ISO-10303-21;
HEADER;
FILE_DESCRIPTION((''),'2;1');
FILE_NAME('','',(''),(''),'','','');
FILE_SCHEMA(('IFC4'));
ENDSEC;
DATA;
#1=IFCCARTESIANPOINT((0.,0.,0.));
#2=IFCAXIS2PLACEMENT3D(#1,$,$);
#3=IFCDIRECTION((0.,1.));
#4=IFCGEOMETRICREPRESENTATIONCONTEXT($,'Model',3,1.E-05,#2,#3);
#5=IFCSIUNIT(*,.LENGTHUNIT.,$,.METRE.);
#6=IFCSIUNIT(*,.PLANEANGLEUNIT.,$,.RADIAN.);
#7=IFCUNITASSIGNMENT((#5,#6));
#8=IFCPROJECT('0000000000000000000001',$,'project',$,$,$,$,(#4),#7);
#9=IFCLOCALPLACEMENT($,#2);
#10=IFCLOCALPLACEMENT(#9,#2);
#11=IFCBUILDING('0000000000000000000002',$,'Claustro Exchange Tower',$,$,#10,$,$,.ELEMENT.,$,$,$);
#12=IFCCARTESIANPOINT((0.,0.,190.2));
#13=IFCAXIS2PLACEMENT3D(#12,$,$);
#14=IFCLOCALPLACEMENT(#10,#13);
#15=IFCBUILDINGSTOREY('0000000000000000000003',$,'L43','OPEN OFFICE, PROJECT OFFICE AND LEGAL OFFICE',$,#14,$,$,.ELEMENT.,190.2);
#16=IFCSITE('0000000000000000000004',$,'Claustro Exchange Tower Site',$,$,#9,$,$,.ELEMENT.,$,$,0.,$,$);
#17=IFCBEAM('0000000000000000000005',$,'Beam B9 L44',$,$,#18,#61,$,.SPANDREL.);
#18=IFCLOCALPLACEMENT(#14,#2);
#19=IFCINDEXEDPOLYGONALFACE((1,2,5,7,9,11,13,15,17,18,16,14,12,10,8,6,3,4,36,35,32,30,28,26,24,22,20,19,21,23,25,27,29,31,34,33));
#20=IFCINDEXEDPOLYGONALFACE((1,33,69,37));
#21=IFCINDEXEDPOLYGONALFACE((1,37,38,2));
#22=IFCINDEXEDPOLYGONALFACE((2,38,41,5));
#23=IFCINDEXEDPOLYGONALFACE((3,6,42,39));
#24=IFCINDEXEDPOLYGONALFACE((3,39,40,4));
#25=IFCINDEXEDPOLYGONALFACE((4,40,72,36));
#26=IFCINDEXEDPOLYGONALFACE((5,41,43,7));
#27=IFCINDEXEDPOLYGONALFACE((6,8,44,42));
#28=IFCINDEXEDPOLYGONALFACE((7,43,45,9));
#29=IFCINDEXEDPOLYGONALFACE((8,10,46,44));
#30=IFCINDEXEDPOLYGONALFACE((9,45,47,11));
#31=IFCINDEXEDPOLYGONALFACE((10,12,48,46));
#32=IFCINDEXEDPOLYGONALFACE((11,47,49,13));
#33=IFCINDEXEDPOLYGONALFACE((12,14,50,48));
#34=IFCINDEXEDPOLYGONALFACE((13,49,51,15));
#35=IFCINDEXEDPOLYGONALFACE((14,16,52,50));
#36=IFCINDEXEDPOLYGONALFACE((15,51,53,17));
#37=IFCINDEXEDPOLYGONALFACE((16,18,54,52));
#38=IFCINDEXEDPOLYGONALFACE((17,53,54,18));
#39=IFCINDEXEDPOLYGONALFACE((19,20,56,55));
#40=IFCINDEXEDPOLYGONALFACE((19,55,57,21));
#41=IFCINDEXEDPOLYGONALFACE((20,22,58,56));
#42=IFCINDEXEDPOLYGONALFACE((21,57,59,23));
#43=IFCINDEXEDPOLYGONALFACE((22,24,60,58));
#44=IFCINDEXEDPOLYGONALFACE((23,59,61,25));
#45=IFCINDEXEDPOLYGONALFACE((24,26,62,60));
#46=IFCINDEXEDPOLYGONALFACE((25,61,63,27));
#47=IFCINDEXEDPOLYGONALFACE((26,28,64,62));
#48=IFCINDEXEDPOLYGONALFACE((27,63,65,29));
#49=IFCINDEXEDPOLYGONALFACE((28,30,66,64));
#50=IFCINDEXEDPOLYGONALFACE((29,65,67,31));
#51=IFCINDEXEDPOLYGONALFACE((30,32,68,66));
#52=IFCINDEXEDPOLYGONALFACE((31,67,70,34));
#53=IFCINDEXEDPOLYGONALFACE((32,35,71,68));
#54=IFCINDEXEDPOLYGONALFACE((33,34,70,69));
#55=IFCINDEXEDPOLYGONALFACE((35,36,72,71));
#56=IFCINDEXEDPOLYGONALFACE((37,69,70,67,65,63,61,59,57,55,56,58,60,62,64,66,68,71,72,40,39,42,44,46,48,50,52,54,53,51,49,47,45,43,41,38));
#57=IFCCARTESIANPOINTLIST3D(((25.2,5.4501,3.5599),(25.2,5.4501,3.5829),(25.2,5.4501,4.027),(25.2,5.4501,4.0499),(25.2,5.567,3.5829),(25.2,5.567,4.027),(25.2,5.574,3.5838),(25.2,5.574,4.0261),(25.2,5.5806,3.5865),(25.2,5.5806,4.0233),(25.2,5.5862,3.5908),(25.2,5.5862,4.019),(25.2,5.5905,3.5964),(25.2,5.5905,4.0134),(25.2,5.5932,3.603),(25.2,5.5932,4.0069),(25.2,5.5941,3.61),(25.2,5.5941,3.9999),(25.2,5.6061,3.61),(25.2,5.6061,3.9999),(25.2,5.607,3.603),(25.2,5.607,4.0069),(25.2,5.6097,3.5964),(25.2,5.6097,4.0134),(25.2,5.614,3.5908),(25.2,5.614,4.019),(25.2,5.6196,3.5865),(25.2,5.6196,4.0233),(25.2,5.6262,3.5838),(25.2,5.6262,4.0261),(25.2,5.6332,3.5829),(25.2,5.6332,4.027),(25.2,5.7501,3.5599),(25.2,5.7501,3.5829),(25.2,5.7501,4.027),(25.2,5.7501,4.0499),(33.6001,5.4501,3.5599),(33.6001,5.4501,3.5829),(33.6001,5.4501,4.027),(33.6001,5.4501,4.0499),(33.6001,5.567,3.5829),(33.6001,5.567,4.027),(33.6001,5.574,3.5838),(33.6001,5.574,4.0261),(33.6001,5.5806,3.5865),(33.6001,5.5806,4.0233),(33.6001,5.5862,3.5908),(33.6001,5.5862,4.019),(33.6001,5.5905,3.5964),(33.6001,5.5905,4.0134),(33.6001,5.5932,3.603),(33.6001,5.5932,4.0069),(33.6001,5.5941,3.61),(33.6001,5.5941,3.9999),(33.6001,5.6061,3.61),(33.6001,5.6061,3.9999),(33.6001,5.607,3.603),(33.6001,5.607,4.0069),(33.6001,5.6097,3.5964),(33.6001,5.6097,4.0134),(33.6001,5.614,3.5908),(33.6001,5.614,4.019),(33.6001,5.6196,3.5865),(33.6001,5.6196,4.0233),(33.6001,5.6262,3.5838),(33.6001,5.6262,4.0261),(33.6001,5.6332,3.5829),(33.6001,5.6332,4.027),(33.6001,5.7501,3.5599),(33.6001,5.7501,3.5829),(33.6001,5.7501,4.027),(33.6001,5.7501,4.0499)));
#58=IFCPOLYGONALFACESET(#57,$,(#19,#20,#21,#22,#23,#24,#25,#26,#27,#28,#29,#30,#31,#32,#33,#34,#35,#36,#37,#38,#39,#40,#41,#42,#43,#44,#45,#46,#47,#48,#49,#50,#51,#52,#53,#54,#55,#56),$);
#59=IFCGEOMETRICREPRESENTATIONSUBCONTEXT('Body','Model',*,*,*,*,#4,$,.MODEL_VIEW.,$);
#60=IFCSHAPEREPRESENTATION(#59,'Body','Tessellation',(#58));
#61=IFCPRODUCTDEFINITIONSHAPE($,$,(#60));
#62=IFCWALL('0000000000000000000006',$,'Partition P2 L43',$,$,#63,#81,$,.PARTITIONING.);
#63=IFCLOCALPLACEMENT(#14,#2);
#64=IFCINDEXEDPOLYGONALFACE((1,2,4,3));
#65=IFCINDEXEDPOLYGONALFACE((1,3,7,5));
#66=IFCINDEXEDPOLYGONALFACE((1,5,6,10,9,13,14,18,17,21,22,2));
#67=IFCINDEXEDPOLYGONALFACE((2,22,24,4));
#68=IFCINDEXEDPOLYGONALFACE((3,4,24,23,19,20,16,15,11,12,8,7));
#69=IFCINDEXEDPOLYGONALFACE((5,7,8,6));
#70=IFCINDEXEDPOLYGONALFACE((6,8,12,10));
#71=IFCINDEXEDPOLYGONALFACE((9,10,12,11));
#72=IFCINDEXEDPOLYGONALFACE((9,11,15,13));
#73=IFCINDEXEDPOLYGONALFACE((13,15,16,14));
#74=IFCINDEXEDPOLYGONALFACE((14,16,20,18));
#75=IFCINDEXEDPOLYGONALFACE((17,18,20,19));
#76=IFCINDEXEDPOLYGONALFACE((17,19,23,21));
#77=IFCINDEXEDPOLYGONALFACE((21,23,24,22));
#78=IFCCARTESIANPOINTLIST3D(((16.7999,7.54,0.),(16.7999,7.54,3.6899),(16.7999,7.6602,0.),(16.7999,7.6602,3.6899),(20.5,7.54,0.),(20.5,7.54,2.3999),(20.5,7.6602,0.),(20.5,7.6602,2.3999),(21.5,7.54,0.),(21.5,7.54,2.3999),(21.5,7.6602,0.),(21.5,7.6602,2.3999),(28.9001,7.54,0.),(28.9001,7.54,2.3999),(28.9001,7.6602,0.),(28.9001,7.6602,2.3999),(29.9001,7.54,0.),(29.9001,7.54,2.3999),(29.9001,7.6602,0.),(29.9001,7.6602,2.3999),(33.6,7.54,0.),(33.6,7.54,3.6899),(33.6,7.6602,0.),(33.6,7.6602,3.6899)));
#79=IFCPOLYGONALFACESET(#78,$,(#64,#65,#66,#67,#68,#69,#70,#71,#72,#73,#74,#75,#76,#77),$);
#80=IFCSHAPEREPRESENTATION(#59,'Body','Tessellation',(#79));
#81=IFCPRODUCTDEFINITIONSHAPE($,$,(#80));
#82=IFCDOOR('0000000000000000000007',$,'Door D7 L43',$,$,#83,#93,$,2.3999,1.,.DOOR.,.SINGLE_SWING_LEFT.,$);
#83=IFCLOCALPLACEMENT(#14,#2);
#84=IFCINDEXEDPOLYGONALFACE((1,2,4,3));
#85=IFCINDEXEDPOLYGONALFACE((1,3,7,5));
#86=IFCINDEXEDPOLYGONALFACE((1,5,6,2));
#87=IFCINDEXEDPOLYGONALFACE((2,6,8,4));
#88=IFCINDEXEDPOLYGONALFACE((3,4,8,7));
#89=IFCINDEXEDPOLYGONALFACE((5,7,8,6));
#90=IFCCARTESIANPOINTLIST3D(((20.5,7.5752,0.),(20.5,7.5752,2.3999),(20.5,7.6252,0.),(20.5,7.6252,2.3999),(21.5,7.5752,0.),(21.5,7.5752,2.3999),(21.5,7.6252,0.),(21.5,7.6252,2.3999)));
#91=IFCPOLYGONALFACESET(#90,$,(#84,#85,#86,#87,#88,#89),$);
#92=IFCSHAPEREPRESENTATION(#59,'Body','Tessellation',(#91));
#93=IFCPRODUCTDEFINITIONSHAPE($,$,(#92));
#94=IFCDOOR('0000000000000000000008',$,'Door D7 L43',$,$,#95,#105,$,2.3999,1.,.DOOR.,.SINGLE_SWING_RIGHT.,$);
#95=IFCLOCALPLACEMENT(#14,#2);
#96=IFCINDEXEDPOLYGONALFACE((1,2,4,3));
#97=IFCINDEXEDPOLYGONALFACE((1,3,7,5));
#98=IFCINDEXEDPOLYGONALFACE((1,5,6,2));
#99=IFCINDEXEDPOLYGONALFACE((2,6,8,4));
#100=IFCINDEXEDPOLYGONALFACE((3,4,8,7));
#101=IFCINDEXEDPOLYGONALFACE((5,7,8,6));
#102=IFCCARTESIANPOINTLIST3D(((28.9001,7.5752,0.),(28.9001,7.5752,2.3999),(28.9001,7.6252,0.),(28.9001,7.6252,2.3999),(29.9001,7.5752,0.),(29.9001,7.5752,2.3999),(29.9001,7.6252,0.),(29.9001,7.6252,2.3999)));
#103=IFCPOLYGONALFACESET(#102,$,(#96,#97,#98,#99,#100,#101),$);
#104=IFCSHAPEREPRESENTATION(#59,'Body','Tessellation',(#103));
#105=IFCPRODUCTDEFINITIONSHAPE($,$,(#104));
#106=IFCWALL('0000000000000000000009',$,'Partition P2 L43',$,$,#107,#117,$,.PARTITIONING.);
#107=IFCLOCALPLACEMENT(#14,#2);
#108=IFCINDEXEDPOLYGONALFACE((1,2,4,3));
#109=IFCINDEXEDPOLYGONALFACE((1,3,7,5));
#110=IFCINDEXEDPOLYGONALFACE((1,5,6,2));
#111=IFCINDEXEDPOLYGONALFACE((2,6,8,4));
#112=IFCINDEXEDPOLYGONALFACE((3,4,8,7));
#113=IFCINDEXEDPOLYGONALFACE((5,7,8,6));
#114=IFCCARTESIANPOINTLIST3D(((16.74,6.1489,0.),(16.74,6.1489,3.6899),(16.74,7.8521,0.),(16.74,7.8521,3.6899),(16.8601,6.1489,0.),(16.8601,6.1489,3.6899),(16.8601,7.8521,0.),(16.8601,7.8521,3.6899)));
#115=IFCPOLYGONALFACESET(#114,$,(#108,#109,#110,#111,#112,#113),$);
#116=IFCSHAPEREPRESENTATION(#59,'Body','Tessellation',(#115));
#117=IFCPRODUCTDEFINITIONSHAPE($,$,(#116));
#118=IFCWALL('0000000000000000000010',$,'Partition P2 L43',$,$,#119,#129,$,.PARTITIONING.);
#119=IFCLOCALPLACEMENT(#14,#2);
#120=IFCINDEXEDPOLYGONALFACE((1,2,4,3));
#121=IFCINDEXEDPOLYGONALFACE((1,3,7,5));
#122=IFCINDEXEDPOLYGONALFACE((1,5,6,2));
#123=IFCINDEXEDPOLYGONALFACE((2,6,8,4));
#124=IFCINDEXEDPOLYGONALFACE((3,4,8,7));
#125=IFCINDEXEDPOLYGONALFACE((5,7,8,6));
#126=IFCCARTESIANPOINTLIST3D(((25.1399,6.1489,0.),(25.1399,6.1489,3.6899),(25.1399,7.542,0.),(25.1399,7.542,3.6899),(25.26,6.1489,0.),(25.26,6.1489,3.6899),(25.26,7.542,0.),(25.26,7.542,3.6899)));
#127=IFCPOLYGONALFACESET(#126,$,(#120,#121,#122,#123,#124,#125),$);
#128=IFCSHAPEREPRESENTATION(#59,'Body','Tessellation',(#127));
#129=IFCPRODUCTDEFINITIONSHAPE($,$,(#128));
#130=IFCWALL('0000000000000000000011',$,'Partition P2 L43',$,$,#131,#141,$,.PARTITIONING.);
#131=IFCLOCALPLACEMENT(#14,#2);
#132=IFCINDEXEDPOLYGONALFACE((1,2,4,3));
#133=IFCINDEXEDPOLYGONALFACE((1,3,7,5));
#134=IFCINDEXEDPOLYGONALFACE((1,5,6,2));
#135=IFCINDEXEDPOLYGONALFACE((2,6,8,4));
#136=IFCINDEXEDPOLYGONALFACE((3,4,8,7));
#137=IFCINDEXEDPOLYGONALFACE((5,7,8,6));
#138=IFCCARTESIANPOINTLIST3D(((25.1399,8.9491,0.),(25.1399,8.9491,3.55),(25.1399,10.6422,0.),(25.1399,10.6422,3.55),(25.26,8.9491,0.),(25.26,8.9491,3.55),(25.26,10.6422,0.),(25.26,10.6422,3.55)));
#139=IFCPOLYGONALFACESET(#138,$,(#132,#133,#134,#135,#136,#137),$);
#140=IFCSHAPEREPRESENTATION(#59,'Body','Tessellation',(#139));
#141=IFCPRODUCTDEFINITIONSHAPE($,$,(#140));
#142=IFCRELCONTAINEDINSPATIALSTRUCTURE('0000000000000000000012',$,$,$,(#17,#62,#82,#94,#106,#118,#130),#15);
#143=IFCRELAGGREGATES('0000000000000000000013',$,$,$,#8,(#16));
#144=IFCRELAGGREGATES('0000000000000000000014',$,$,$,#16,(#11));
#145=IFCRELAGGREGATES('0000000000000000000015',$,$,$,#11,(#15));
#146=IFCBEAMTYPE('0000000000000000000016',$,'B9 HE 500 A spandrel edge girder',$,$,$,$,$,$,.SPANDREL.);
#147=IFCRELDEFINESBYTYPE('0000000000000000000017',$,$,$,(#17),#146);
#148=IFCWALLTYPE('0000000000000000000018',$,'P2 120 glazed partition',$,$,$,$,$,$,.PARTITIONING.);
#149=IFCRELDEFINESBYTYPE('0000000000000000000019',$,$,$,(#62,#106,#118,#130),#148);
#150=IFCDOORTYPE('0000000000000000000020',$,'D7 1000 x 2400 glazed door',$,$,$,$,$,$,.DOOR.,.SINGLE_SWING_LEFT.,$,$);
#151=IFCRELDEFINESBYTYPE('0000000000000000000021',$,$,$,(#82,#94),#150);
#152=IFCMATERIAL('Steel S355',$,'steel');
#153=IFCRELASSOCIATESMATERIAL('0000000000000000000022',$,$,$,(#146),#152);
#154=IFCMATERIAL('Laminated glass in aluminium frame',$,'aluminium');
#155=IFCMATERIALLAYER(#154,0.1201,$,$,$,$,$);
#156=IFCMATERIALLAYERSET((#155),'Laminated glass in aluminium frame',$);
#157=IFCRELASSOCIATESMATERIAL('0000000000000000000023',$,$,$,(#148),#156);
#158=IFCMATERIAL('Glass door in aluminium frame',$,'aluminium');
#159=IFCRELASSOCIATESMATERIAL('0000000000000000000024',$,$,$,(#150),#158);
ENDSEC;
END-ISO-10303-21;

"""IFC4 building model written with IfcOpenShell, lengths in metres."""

from ifc_helpers import new_model, si_unit, direction, frame, frame_2d, origin, origin_2d, place, context, subcontext, project, spatial, rectangle, i_section, extrude, material, layer, layer_set, material_profile, profile_set, type_object, element, fill, save


model = new_model("IFC4")

# Units and contexts
model_context = context("Model", 3, precision=1e-05, world=origin(), true_north=direction((0.0, 1.0)))
body_context = subcontext(model_context, "Body", "Model", "MODEL_VIEW")
ifc_project = project(units=[si_unit("LENGTHUNIT", "METRE"), si_unit("PLANEANGLEUNIT", "RADIAN")], contexts=[model_context])

# Site, building, storey
site_placement = place(None, origin())
site = spatial("IfcSite", under=ifc_project, at=site_placement, Name="Claustro Exchange Tower Site", CompositionType="ELEMENT", RefElevation=0.0)
building_placement = place(site_placement, origin())
building = spatial("IfcBuilding", under=site, at=building_placement, Name="Claustro Exchange Tower", CompositionType="ELEMENT")
storey_placement = place(building_placement, frame((0.0, 0.0, 190.2)))
storey = spatial("IfcBuildingStorey", under=building, at=storey_placement, Name="L43", Description="OPEN OFFICE, PROJECT OFFICE AND LEGAL OFFICE", CompositionType="ELEMENT", Elevation=190.2)

# Beam
ifc_material_1 = material(Name="Steel S355", Category="steel")
ifc_material_profile_1 = material_profile(ifc_material_1, i_section(OverallWidth=0.3, OverallDepth=0.49, WebThickness=0.012, FlangeThickness=0.0229, FilletRadius=0.0271, at=origin_2d()), Name="HE 500 A")
ifc_profile_set_1 = profile_set([ifc_material_profile_1], Name="Steel S355")
beam_type_1 = type_object("IfcBeamType", Name="B9 HE 500 A spandrel edge girder", PredefinedType="SPANDREL", material=ifc_profile_set_1)
beam_1_placement = place(storey_placement, frame((25.2, 5.6001, 3.8049), z_axis=(1.0, 0.0, 0.0), x_axis=(0.0, 1.0, 0.0)))
element("IfcBeam", 1, at=beam_1_placement, inside=storey, type_object=beam_type_1, Name="Beam B9 L44", PredefinedType="SPANDREL", context=body_context, shape_type="SweptSolid", body=[
    extrude(i_section(OverallWidth=0.3, OverallDepth=0.49, WebThickness=0.012, FlangeThickness=0.0229, FilletRadius=0.0271, at=origin_2d()), origin(), (0.0, 0.0, 1.0), 8.4001),
])

# Wall, openings, doors
ifc_material_2 = material(Name="Laminated glass in aluminium frame", Category="aluminium")
ifc_layer_1 = layer(ifc_material_2, 0.1201)
ifc_layer_set_1 = layer_set([ifc_layer_1], Name="Laminated glass in aluminium frame")
wall_type_1 = type_object("IfcWallType", Name="P2 120 glazed partition", PredefinedType="PARTITIONING", material=ifc_layer_set_1)
wall_1_placement = place(storey_placement, frame((16.8, 7.6001, 0.0), z_axis=(0.0, 0.0, 1.0), x_axis=(1.0, 0.0, 0.0)))
wall_1 = element("IfcWall", 2, at=wall_1_placement, inside=storey, type_object=wall_type_1, Name="Partition P2 L43", PredefinedType="PARTITIONING", context=body_context, shape_type="SweptSolid", body=[
    extrude(rectangle(XDim=16.8, YDim=0.1201, at=frame_2d((8.3999, 0.0))), origin(), (0.0, 0.0, 1.0), 3.6899),
])
opening_1_placement = place(wall_1_placement, frame((3.7, 0.0, 0.0)))
opening_1 = element("IfcOpeningElement", 3, at=opening_1_placement, cuts=wall_1, PredefinedType="OPENING", context=body_context, shape_type="SweptSolid", body=[
    extrude(rectangle(XDim=1.0, YDim=2.3999, at=frame_2d((0.5, 1.2))), frame((0.0, 0.0701, 0.0), z_axis=(0.0, -1.0, 0.0), x_axis=(1.0, 0.0, 0.0)), (0.0, 0.0, 1.0), 0.1401),
])
opening_2_placement = place(wall_1_placement, frame((12.1001, 0.0, 0.0)))
opening_2 = element("IfcOpeningElement", 4, at=opening_2_placement, cuts=wall_1, PredefinedType="OPENING", context=body_context, shape_type="SweptSolid", body=[
    extrude(rectangle(XDim=1.0, YDim=2.3999, at=frame_2d((0.5, 1.2))), frame((0.0, 0.0701, 0.0), z_axis=(0.0, -1.0, 0.0), x_axis=(1.0, 0.0, 0.0)), (0.0, 0.0, 1.0), 0.1401),
])
ifc_material_3 = material(Name="Glass door in aluminium frame", Category="aluminium")
door_type = type_object("IfcDoorType", Name="D7 1000 x 2400 glazed door", OperationType="SINGLE_SWING_LEFT", PredefinedType="DOOR", material=ifc_material_3)
door_1_placement = place(opening_1_placement, frame((1.0, 0.0, 0.0), z_axis=(0.0, 0.0, 1.0), x_axis=(-1.0, 0.0, 0.0)))
door_1 = element("IfcDoor", 5, at=door_1_placement, inside=storey, type_object=door_type, Name="Door D7 L43", OperationType="SINGLE_SWING_LEFT", OverallHeight=2.3999, OverallWidth=1.0, PredefinedType="DOOR", context=body_context, shape_type="SweptSolid", body=[
    extrude(rectangle(XDim=1.0, YDim=2.3999, at=frame_2d((0.5, 1.2))), frame((0.0, 0.0249, 0.0), z_axis=(0.0, -1.0, 0.0), x_axis=(1.0, 0.0, 0.0)), (0.0, 0.0, 1.0), 0.05),
])
fill(opening_1, door_1)
door_2_placement = place(opening_2_placement, frame((1.0, 0.0, 0.0), z_axis=(0.0, 0.0, 1.0), x_axis=(-1.0, 0.0, 0.0)))
door_2 = element("IfcDoor", 6, at=door_2_placement, inside=storey, type_object=door_type, Name="Door D7 L43", OperationType="SINGLE_SWING_RIGHT", OverallHeight=2.3999, OverallWidth=1.0, PredefinedType="DOOR", context=body_context, shape_type="SweptSolid", body=[
    extrude(rectangle(XDim=1.0, YDim=2.3999, at=frame_2d((0.5, 1.2))), frame((0.0, 0.0249, 0.0), z_axis=(0.0, -1.0, 0.0), x_axis=(1.0, 0.0, 0.0)), (0.0, 0.0, 1.0), 0.05),
])
fill(opening_2, door_2)

# Walls
wall_2_placement = place(storey_placement, frame((16.8, 6.1489, 0.0), z_axis=(0.0, 0.0, 1.0), x_axis=(0.0, 1.0, 0.0)))
element("IfcWall", 7, at=wall_2_placement, inside=storey, type_object=wall_type_1, Name="Partition P2 L43", PredefinedType="PARTITIONING", context=body_context, shape_type="SweptSolid", body=[
    extrude(rectangle(XDim=1.7031, YDim=0.1201, at=frame_2d((0.8516, 0.0))), origin(), (0.0, 0.0, 1.0), 3.6899),
])
wall_3_placement = place(storey_placement, frame((25.2, 6.1489, 0.0), z_axis=(0.0, 0.0, 1.0), x_axis=(0.0, 1.0, 0.0)))
element("IfcWall", 8, at=wall_3_placement, inside=storey, type_object=wall_type_1, Name="Partition P2 L43", PredefinedType="PARTITIONING", context=body_context, shape_type="SweptSolid", body=[
    extrude(rectangle(XDim=1.3931, YDim=0.1201, at=frame_2d((0.6965, 0.0))), origin(), (0.0, 0.0, 1.0), 3.6899),
])
wall_4_placement = place(storey_placement, frame((25.2, 8.949, 0.0), z_axis=(0.0, 0.0, 1.0), x_axis=(0.0, 1.0, 0.0)))
element("IfcWall", 9, at=wall_4_placement, inside=storey, type_object=wall_type_1, Name="Partition P2 L43", PredefinedType="PARTITIONING", context=body_context, shape_type="SweptSolid", body=[
    extrude(rectangle(XDim=1.6931, YDim=0.1201, at=frame_2d((0.8467, 0.0))), origin(), (0.0, 0.0, 1.0), 3.55),
])

save(model, "model.ifc")
